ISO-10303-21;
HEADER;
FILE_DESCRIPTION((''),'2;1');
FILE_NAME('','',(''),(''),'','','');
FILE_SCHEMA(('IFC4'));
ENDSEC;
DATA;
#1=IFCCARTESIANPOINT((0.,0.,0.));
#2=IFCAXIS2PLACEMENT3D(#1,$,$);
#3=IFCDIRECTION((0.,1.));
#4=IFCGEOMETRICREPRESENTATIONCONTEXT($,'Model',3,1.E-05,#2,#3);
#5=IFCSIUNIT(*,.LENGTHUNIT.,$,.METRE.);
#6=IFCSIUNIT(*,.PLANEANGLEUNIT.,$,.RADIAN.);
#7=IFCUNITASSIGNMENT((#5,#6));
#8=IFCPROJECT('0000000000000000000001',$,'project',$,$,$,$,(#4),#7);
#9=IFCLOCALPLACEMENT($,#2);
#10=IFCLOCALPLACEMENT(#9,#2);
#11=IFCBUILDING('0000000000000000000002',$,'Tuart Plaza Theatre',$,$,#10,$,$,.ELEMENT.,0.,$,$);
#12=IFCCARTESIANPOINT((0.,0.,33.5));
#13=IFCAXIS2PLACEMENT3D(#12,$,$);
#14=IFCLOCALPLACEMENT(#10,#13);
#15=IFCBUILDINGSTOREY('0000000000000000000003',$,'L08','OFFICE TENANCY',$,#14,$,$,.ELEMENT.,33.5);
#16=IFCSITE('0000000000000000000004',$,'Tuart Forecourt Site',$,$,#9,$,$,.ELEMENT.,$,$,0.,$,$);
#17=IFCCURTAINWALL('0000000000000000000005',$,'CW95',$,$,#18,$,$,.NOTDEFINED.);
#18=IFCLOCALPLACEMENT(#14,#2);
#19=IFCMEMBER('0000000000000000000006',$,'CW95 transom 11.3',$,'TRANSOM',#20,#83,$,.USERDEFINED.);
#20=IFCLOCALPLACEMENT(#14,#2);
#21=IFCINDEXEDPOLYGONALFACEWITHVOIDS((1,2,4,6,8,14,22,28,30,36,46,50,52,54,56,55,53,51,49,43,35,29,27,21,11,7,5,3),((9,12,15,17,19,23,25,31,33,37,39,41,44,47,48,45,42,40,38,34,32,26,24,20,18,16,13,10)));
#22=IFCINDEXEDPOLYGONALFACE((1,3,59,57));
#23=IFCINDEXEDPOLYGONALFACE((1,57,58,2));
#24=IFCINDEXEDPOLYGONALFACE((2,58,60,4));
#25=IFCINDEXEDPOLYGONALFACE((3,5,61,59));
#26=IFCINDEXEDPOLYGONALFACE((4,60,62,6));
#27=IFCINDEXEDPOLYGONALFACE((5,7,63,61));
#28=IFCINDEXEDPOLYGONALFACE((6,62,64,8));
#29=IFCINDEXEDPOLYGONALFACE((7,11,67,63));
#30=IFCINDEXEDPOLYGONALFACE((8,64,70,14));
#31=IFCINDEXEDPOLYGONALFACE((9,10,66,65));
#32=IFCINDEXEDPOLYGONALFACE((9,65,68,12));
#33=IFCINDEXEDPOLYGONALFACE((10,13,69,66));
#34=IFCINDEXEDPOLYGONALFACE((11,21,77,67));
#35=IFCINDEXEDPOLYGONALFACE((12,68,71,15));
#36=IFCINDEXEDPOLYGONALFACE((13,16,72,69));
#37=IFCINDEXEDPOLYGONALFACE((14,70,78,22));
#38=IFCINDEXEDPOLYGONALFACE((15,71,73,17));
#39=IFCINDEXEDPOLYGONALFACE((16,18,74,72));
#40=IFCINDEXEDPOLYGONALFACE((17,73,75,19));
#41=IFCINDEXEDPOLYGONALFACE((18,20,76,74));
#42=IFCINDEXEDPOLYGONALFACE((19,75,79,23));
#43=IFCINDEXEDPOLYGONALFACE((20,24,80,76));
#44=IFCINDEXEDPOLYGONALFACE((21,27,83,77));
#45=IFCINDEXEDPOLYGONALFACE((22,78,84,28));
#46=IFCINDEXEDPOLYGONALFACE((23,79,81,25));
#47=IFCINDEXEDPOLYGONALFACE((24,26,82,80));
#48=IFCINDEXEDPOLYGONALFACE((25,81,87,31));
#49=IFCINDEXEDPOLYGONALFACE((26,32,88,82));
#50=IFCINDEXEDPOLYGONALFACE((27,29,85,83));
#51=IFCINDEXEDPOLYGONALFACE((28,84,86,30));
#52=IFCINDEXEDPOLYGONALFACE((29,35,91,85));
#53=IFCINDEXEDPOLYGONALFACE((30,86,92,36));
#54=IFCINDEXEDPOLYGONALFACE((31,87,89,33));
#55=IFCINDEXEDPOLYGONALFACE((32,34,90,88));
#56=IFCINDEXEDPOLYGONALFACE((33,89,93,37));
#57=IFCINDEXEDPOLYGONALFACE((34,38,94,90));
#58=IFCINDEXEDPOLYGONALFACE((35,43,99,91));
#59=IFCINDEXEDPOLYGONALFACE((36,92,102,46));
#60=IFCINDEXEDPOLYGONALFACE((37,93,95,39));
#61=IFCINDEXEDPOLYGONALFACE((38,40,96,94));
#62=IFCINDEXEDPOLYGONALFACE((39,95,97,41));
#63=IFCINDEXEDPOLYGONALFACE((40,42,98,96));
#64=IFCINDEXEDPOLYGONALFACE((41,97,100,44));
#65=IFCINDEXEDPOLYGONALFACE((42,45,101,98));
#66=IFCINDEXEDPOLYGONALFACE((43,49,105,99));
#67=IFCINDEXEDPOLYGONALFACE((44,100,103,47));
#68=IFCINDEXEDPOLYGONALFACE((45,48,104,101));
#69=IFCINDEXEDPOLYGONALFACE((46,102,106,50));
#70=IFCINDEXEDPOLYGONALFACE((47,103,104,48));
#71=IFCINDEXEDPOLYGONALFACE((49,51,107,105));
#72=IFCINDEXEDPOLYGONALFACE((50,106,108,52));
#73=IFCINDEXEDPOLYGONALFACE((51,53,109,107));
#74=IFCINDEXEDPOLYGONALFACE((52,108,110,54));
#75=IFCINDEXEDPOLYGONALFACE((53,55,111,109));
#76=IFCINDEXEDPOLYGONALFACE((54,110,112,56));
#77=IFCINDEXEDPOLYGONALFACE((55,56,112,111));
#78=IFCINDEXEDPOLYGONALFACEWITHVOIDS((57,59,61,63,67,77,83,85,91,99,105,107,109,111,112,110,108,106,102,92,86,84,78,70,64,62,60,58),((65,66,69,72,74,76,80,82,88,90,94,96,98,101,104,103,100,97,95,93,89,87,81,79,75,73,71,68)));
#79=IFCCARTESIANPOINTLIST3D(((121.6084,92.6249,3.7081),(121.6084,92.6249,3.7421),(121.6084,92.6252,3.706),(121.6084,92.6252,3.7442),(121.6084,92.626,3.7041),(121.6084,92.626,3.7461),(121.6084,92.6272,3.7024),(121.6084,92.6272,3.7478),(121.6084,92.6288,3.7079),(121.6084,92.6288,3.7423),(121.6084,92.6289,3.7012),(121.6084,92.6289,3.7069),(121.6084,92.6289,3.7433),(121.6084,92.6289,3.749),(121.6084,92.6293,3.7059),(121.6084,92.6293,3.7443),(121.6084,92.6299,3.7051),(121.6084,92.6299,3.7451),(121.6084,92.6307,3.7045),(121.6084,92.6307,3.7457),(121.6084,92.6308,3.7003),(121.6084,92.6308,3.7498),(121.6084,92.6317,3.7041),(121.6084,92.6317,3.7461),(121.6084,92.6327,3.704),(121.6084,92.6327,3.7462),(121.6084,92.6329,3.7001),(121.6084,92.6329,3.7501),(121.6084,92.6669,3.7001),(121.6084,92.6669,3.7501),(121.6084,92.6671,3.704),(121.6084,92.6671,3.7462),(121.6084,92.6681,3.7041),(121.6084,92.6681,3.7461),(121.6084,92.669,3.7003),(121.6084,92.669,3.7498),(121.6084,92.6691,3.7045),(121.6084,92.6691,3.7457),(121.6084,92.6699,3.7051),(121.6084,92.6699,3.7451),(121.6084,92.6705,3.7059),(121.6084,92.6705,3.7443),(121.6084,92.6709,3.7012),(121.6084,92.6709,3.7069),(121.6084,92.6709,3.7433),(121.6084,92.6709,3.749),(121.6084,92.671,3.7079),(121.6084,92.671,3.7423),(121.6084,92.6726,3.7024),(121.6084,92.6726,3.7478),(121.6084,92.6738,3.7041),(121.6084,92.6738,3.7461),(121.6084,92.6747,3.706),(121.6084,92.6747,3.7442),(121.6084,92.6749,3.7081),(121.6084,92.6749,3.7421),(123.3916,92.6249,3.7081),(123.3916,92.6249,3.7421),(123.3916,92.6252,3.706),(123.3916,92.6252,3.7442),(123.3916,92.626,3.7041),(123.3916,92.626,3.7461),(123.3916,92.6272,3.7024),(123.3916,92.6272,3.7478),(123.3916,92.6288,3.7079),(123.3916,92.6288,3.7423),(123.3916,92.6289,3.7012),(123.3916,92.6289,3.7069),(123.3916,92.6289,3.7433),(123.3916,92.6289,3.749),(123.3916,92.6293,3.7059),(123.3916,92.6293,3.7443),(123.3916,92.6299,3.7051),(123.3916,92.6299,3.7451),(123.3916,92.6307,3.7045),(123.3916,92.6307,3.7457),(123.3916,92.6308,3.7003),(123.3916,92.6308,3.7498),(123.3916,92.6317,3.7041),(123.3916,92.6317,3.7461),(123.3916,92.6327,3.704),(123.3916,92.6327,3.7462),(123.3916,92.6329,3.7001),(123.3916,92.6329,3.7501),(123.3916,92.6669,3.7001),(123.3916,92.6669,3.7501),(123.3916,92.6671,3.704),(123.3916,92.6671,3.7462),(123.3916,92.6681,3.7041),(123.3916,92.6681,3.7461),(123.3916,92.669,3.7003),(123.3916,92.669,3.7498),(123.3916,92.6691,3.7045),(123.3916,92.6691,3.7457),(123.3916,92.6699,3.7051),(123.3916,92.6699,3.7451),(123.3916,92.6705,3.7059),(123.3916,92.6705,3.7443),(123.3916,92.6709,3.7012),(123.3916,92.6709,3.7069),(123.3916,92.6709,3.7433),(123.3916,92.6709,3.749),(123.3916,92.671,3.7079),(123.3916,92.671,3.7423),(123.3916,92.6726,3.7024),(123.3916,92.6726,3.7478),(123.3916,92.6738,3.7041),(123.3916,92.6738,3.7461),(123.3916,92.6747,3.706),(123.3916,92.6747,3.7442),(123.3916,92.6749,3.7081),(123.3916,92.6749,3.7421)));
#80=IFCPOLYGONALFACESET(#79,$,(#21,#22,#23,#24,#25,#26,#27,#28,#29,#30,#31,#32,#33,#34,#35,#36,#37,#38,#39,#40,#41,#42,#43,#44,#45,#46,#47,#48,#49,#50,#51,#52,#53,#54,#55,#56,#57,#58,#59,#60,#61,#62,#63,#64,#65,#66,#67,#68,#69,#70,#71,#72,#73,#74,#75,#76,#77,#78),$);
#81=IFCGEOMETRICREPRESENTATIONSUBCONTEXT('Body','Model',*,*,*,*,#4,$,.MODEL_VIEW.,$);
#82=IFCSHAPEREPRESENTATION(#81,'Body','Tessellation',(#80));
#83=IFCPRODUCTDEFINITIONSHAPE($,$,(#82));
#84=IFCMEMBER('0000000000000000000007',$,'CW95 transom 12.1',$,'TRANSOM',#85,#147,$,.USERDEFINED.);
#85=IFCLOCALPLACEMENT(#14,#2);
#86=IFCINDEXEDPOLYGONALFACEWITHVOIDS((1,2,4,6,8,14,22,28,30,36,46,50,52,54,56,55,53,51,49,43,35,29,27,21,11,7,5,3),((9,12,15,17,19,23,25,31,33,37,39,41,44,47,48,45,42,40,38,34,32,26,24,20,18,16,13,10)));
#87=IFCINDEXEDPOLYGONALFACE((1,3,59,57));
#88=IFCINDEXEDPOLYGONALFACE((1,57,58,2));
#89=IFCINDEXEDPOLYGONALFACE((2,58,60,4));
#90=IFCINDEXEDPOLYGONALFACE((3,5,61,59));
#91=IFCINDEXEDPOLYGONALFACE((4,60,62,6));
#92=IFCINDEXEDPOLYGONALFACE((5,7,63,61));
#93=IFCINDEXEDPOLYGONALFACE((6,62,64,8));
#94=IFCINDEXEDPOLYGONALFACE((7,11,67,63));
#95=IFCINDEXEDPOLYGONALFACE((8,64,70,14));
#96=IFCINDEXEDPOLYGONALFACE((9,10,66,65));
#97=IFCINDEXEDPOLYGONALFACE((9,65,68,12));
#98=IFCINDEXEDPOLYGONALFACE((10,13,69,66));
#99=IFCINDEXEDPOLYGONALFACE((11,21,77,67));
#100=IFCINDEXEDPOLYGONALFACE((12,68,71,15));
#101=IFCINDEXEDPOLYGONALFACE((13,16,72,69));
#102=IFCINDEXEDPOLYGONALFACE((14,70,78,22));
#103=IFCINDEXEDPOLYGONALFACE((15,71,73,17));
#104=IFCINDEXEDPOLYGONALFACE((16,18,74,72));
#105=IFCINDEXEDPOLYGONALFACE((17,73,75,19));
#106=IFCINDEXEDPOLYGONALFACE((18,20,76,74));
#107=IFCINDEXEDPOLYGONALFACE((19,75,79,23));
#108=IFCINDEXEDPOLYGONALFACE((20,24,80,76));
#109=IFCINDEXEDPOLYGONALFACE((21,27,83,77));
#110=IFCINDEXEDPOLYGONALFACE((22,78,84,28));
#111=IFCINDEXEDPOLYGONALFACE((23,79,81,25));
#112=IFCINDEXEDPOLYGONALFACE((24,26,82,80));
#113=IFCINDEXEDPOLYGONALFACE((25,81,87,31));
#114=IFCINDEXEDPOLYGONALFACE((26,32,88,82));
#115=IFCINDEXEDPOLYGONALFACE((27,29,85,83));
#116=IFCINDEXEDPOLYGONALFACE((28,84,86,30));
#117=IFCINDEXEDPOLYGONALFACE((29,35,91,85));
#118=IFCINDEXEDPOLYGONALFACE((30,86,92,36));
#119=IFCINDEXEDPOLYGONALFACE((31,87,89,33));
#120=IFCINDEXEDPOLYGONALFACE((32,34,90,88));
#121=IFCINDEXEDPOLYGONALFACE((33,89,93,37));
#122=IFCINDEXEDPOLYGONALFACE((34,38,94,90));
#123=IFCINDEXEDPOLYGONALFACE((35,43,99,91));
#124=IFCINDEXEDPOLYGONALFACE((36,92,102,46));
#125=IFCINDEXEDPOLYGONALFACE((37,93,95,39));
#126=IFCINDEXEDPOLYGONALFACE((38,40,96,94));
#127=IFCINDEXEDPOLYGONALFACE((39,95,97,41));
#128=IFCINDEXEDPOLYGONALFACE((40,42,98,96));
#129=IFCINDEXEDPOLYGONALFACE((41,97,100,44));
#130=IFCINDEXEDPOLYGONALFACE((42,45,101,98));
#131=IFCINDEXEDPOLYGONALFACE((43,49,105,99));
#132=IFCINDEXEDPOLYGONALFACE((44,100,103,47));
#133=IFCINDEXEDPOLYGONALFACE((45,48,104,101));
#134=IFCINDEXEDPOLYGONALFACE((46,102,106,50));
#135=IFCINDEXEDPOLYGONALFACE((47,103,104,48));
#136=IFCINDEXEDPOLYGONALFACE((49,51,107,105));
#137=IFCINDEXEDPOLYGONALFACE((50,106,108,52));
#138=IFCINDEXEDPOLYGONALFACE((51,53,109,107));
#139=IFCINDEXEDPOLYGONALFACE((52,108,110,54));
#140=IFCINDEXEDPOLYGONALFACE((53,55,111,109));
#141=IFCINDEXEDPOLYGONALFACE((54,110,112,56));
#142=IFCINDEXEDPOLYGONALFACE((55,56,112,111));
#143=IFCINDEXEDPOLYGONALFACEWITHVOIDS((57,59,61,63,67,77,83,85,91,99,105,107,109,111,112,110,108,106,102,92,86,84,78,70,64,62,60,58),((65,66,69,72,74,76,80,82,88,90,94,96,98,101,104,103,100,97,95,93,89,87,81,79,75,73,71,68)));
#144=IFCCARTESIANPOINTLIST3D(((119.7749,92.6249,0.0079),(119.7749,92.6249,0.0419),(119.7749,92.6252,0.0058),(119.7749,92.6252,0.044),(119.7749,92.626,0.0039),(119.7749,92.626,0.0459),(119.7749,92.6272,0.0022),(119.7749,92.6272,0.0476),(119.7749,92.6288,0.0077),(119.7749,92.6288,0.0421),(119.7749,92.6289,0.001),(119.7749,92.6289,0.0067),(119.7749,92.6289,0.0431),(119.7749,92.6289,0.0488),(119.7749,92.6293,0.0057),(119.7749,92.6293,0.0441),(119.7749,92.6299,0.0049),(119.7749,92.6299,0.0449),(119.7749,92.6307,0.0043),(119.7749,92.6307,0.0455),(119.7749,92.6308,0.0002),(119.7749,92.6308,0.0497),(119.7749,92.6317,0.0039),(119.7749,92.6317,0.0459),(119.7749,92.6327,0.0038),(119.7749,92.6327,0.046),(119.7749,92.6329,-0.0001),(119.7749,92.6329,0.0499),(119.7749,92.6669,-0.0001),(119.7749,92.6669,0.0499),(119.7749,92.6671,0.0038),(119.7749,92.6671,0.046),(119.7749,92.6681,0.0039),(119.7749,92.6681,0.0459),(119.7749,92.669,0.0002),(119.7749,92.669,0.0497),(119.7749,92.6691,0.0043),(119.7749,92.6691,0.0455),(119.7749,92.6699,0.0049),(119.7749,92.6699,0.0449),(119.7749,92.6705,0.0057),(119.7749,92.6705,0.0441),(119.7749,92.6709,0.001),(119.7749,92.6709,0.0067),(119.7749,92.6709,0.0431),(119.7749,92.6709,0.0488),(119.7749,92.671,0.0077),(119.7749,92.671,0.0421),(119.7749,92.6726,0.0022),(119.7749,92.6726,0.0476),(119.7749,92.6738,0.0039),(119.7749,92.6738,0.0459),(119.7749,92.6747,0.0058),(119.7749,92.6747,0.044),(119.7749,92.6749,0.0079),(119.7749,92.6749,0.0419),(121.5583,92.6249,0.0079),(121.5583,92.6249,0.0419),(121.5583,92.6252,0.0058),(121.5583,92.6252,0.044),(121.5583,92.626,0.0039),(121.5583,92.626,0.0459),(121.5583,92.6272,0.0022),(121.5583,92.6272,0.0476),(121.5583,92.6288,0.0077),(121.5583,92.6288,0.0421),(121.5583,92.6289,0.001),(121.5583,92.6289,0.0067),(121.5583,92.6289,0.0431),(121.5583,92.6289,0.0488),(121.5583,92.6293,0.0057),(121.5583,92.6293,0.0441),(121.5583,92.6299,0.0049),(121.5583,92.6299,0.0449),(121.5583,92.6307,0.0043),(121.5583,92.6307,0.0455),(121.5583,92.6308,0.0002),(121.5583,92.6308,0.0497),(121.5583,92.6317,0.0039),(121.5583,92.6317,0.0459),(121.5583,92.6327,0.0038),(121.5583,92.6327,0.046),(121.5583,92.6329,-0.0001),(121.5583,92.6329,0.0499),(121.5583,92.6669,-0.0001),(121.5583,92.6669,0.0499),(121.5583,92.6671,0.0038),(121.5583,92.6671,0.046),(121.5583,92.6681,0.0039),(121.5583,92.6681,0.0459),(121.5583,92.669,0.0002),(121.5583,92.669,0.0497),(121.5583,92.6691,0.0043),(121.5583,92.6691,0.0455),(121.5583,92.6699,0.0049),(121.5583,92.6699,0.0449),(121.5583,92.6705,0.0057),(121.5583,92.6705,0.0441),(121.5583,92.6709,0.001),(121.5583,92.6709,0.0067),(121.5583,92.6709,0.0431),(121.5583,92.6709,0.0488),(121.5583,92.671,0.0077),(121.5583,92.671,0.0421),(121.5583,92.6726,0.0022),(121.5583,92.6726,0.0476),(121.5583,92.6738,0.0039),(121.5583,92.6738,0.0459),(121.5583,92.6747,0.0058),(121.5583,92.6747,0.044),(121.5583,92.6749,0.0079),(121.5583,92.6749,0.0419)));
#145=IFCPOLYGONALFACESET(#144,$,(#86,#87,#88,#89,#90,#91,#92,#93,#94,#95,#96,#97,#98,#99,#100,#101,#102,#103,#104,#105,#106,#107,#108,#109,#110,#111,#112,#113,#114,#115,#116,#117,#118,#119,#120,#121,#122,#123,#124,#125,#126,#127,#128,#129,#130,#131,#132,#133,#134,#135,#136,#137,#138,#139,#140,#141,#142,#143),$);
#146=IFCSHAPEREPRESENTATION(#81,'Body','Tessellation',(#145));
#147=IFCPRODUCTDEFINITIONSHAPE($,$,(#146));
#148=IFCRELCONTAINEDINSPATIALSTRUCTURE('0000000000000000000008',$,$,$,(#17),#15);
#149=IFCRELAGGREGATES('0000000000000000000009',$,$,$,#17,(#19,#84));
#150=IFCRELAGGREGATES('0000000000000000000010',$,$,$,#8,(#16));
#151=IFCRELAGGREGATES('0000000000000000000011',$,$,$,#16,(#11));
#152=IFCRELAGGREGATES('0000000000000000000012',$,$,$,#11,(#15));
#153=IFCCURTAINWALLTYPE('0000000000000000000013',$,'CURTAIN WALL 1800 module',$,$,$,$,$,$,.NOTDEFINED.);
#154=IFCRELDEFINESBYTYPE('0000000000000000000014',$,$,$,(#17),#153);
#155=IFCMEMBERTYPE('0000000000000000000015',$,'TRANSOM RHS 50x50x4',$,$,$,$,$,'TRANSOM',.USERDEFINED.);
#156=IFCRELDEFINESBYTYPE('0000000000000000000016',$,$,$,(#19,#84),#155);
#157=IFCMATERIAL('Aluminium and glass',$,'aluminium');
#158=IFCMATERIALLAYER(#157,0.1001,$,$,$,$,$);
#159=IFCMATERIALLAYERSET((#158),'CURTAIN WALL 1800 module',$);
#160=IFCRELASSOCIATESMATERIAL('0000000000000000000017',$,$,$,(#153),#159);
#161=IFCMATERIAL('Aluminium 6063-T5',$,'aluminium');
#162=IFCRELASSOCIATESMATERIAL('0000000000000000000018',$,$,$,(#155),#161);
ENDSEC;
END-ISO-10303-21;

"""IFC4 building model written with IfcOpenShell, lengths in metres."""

from ifc_helpers import new_model, si_unit, direction, frame, origin, origin_2d, place, context, subcontext, project, spatial, hollow_rectangle, extrude, material, layer, layer_set, material_profile, profile_set, type_object, element, aggregate, save


model = new_model("IFC4")

# Units and contexts
model_context = context("Model", 3, precision=1e-05, world=origin(), true_north=direction((0.0, 1.0)))
body_context = subcontext(model_context, "Body", "Model", "MODEL_VIEW")
ifc_project = project(units=[si_unit("LENGTHUNIT", "METRE"), si_unit("PLANEANGLEUNIT", "RADIAN")], contexts=[model_context])

# Site, building, storey
site_placement = place(None, origin())
site = spatial("IfcSite", under=ifc_project, at=site_placement, Name="Tuart Forecourt Site", CompositionType="ELEMENT", RefElevation=0.0)
building_placement = place(site_placement, origin())
building = spatial("IfcBuilding", under=site, at=building_placement, Name="Tuart Plaza Theatre", CompositionType="ELEMENT", ElevationOfRefHeight=0.0)
storey_placement = place(building_placement, frame((0.0, 0.0, 33.5)))
storey = spatial("IfcBuildingStorey", under=building, at=storey_placement, Name="L08", Description="OFFICE TENANCY", CompositionType="ELEMENT", Elevation=33.5)

# Curtain wall, members
ifc_material_1 = material(Name="Aluminium and glass", Category="aluminium")
ifc_layer_1 = layer(ifc_material_1, 0.1001)
ifc_layer_set_1 = layer_set([ifc_layer_1], Name="CURTAIN WALL 1800 module")
curtain_wall_type = type_object("IfcCurtainWallType", Name="CURTAIN WALL 1800 module", PredefinedType="NOTDEFINED", material=ifc_layer_set_1)
curtain_wall_placement = place(storey_placement, origin())
curtain_wall = element("IfcCurtainWall", 1, at=curtain_wall_placement, inside=storey, type_object=curtain_wall_type, Name="CW95", PredefinedType="NOTDEFINED")
ifc_material_2 = material(Name="Aluminium 6063-T5", Category="aluminium")
ifc_material_profile_1 = material_profile(ifc_material_2, hollow_rectangle(XDim=0.05, YDim=0.05, WallThickness=0.0039, InnerFilletRadius=0.0039, OuterFilletRadius=0.0081, at=origin_2d()), Name="RHS 50x50x4")
ifc_profile_set_1 = profile_set([ifc_material_profile_1], Name="Aluminium 6063-T5")
member_type_1 = type_object("IfcMemberType", Name="TRANSOM RHS 50x50x4", ElementType="TRANSOM", PredefinedType="USERDEFINED", material=ifc_profile_set_1)
member_1_placement = place(storey_placement, frame((123.3916, 92.6499, 3.7251), z_axis=(-1.0, 0.0, 0.0), x_axis=(0.0, -1.0, 0.0)))
member_1 = element("IfcMember", 2, at=member_1_placement, type_object=member_type_1, Name="CW95 transom 11.3", ObjectType="TRANSOM", PredefinedType="USERDEFINED", context=body_context, shape_type="SweptSolid", body=[
    extrude(hollow_rectangle(XDim=0.05, YDim=0.05, WallThickness=0.0039, InnerFilletRadius=0.0039, OuterFilletRadius=0.0081, at=origin_2d()), origin(), (0.0, 0.0, 1.0), 1.7832),
])
member_2_placement = place(storey_placement, frame((121.5583, 92.6499, 0.0249), z_axis=(-1.0, 0.0, 0.0), x_axis=(0.0, -1.0, 0.0)))
member_2 = element("IfcMember", 3, at=member_2_placement, type_object=member_type_1, Name="CW95 transom 12.1", ObjectType="TRANSOM", PredefinedType="USERDEFINED", context=body_context, shape_type="SweptSolid", body=[
    extrude(hollow_rectangle(XDim=0.05, YDim=0.05, WallThickness=0.0039, InnerFilletRadius=0.0039, OuterFilletRadius=0.0081, at=origin_2d()), origin(), (0.0, 0.0, 1.0), 1.7834),
])
aggregate(curtain_wall, [member_1, member_2])

save(model, "model.ifc")
